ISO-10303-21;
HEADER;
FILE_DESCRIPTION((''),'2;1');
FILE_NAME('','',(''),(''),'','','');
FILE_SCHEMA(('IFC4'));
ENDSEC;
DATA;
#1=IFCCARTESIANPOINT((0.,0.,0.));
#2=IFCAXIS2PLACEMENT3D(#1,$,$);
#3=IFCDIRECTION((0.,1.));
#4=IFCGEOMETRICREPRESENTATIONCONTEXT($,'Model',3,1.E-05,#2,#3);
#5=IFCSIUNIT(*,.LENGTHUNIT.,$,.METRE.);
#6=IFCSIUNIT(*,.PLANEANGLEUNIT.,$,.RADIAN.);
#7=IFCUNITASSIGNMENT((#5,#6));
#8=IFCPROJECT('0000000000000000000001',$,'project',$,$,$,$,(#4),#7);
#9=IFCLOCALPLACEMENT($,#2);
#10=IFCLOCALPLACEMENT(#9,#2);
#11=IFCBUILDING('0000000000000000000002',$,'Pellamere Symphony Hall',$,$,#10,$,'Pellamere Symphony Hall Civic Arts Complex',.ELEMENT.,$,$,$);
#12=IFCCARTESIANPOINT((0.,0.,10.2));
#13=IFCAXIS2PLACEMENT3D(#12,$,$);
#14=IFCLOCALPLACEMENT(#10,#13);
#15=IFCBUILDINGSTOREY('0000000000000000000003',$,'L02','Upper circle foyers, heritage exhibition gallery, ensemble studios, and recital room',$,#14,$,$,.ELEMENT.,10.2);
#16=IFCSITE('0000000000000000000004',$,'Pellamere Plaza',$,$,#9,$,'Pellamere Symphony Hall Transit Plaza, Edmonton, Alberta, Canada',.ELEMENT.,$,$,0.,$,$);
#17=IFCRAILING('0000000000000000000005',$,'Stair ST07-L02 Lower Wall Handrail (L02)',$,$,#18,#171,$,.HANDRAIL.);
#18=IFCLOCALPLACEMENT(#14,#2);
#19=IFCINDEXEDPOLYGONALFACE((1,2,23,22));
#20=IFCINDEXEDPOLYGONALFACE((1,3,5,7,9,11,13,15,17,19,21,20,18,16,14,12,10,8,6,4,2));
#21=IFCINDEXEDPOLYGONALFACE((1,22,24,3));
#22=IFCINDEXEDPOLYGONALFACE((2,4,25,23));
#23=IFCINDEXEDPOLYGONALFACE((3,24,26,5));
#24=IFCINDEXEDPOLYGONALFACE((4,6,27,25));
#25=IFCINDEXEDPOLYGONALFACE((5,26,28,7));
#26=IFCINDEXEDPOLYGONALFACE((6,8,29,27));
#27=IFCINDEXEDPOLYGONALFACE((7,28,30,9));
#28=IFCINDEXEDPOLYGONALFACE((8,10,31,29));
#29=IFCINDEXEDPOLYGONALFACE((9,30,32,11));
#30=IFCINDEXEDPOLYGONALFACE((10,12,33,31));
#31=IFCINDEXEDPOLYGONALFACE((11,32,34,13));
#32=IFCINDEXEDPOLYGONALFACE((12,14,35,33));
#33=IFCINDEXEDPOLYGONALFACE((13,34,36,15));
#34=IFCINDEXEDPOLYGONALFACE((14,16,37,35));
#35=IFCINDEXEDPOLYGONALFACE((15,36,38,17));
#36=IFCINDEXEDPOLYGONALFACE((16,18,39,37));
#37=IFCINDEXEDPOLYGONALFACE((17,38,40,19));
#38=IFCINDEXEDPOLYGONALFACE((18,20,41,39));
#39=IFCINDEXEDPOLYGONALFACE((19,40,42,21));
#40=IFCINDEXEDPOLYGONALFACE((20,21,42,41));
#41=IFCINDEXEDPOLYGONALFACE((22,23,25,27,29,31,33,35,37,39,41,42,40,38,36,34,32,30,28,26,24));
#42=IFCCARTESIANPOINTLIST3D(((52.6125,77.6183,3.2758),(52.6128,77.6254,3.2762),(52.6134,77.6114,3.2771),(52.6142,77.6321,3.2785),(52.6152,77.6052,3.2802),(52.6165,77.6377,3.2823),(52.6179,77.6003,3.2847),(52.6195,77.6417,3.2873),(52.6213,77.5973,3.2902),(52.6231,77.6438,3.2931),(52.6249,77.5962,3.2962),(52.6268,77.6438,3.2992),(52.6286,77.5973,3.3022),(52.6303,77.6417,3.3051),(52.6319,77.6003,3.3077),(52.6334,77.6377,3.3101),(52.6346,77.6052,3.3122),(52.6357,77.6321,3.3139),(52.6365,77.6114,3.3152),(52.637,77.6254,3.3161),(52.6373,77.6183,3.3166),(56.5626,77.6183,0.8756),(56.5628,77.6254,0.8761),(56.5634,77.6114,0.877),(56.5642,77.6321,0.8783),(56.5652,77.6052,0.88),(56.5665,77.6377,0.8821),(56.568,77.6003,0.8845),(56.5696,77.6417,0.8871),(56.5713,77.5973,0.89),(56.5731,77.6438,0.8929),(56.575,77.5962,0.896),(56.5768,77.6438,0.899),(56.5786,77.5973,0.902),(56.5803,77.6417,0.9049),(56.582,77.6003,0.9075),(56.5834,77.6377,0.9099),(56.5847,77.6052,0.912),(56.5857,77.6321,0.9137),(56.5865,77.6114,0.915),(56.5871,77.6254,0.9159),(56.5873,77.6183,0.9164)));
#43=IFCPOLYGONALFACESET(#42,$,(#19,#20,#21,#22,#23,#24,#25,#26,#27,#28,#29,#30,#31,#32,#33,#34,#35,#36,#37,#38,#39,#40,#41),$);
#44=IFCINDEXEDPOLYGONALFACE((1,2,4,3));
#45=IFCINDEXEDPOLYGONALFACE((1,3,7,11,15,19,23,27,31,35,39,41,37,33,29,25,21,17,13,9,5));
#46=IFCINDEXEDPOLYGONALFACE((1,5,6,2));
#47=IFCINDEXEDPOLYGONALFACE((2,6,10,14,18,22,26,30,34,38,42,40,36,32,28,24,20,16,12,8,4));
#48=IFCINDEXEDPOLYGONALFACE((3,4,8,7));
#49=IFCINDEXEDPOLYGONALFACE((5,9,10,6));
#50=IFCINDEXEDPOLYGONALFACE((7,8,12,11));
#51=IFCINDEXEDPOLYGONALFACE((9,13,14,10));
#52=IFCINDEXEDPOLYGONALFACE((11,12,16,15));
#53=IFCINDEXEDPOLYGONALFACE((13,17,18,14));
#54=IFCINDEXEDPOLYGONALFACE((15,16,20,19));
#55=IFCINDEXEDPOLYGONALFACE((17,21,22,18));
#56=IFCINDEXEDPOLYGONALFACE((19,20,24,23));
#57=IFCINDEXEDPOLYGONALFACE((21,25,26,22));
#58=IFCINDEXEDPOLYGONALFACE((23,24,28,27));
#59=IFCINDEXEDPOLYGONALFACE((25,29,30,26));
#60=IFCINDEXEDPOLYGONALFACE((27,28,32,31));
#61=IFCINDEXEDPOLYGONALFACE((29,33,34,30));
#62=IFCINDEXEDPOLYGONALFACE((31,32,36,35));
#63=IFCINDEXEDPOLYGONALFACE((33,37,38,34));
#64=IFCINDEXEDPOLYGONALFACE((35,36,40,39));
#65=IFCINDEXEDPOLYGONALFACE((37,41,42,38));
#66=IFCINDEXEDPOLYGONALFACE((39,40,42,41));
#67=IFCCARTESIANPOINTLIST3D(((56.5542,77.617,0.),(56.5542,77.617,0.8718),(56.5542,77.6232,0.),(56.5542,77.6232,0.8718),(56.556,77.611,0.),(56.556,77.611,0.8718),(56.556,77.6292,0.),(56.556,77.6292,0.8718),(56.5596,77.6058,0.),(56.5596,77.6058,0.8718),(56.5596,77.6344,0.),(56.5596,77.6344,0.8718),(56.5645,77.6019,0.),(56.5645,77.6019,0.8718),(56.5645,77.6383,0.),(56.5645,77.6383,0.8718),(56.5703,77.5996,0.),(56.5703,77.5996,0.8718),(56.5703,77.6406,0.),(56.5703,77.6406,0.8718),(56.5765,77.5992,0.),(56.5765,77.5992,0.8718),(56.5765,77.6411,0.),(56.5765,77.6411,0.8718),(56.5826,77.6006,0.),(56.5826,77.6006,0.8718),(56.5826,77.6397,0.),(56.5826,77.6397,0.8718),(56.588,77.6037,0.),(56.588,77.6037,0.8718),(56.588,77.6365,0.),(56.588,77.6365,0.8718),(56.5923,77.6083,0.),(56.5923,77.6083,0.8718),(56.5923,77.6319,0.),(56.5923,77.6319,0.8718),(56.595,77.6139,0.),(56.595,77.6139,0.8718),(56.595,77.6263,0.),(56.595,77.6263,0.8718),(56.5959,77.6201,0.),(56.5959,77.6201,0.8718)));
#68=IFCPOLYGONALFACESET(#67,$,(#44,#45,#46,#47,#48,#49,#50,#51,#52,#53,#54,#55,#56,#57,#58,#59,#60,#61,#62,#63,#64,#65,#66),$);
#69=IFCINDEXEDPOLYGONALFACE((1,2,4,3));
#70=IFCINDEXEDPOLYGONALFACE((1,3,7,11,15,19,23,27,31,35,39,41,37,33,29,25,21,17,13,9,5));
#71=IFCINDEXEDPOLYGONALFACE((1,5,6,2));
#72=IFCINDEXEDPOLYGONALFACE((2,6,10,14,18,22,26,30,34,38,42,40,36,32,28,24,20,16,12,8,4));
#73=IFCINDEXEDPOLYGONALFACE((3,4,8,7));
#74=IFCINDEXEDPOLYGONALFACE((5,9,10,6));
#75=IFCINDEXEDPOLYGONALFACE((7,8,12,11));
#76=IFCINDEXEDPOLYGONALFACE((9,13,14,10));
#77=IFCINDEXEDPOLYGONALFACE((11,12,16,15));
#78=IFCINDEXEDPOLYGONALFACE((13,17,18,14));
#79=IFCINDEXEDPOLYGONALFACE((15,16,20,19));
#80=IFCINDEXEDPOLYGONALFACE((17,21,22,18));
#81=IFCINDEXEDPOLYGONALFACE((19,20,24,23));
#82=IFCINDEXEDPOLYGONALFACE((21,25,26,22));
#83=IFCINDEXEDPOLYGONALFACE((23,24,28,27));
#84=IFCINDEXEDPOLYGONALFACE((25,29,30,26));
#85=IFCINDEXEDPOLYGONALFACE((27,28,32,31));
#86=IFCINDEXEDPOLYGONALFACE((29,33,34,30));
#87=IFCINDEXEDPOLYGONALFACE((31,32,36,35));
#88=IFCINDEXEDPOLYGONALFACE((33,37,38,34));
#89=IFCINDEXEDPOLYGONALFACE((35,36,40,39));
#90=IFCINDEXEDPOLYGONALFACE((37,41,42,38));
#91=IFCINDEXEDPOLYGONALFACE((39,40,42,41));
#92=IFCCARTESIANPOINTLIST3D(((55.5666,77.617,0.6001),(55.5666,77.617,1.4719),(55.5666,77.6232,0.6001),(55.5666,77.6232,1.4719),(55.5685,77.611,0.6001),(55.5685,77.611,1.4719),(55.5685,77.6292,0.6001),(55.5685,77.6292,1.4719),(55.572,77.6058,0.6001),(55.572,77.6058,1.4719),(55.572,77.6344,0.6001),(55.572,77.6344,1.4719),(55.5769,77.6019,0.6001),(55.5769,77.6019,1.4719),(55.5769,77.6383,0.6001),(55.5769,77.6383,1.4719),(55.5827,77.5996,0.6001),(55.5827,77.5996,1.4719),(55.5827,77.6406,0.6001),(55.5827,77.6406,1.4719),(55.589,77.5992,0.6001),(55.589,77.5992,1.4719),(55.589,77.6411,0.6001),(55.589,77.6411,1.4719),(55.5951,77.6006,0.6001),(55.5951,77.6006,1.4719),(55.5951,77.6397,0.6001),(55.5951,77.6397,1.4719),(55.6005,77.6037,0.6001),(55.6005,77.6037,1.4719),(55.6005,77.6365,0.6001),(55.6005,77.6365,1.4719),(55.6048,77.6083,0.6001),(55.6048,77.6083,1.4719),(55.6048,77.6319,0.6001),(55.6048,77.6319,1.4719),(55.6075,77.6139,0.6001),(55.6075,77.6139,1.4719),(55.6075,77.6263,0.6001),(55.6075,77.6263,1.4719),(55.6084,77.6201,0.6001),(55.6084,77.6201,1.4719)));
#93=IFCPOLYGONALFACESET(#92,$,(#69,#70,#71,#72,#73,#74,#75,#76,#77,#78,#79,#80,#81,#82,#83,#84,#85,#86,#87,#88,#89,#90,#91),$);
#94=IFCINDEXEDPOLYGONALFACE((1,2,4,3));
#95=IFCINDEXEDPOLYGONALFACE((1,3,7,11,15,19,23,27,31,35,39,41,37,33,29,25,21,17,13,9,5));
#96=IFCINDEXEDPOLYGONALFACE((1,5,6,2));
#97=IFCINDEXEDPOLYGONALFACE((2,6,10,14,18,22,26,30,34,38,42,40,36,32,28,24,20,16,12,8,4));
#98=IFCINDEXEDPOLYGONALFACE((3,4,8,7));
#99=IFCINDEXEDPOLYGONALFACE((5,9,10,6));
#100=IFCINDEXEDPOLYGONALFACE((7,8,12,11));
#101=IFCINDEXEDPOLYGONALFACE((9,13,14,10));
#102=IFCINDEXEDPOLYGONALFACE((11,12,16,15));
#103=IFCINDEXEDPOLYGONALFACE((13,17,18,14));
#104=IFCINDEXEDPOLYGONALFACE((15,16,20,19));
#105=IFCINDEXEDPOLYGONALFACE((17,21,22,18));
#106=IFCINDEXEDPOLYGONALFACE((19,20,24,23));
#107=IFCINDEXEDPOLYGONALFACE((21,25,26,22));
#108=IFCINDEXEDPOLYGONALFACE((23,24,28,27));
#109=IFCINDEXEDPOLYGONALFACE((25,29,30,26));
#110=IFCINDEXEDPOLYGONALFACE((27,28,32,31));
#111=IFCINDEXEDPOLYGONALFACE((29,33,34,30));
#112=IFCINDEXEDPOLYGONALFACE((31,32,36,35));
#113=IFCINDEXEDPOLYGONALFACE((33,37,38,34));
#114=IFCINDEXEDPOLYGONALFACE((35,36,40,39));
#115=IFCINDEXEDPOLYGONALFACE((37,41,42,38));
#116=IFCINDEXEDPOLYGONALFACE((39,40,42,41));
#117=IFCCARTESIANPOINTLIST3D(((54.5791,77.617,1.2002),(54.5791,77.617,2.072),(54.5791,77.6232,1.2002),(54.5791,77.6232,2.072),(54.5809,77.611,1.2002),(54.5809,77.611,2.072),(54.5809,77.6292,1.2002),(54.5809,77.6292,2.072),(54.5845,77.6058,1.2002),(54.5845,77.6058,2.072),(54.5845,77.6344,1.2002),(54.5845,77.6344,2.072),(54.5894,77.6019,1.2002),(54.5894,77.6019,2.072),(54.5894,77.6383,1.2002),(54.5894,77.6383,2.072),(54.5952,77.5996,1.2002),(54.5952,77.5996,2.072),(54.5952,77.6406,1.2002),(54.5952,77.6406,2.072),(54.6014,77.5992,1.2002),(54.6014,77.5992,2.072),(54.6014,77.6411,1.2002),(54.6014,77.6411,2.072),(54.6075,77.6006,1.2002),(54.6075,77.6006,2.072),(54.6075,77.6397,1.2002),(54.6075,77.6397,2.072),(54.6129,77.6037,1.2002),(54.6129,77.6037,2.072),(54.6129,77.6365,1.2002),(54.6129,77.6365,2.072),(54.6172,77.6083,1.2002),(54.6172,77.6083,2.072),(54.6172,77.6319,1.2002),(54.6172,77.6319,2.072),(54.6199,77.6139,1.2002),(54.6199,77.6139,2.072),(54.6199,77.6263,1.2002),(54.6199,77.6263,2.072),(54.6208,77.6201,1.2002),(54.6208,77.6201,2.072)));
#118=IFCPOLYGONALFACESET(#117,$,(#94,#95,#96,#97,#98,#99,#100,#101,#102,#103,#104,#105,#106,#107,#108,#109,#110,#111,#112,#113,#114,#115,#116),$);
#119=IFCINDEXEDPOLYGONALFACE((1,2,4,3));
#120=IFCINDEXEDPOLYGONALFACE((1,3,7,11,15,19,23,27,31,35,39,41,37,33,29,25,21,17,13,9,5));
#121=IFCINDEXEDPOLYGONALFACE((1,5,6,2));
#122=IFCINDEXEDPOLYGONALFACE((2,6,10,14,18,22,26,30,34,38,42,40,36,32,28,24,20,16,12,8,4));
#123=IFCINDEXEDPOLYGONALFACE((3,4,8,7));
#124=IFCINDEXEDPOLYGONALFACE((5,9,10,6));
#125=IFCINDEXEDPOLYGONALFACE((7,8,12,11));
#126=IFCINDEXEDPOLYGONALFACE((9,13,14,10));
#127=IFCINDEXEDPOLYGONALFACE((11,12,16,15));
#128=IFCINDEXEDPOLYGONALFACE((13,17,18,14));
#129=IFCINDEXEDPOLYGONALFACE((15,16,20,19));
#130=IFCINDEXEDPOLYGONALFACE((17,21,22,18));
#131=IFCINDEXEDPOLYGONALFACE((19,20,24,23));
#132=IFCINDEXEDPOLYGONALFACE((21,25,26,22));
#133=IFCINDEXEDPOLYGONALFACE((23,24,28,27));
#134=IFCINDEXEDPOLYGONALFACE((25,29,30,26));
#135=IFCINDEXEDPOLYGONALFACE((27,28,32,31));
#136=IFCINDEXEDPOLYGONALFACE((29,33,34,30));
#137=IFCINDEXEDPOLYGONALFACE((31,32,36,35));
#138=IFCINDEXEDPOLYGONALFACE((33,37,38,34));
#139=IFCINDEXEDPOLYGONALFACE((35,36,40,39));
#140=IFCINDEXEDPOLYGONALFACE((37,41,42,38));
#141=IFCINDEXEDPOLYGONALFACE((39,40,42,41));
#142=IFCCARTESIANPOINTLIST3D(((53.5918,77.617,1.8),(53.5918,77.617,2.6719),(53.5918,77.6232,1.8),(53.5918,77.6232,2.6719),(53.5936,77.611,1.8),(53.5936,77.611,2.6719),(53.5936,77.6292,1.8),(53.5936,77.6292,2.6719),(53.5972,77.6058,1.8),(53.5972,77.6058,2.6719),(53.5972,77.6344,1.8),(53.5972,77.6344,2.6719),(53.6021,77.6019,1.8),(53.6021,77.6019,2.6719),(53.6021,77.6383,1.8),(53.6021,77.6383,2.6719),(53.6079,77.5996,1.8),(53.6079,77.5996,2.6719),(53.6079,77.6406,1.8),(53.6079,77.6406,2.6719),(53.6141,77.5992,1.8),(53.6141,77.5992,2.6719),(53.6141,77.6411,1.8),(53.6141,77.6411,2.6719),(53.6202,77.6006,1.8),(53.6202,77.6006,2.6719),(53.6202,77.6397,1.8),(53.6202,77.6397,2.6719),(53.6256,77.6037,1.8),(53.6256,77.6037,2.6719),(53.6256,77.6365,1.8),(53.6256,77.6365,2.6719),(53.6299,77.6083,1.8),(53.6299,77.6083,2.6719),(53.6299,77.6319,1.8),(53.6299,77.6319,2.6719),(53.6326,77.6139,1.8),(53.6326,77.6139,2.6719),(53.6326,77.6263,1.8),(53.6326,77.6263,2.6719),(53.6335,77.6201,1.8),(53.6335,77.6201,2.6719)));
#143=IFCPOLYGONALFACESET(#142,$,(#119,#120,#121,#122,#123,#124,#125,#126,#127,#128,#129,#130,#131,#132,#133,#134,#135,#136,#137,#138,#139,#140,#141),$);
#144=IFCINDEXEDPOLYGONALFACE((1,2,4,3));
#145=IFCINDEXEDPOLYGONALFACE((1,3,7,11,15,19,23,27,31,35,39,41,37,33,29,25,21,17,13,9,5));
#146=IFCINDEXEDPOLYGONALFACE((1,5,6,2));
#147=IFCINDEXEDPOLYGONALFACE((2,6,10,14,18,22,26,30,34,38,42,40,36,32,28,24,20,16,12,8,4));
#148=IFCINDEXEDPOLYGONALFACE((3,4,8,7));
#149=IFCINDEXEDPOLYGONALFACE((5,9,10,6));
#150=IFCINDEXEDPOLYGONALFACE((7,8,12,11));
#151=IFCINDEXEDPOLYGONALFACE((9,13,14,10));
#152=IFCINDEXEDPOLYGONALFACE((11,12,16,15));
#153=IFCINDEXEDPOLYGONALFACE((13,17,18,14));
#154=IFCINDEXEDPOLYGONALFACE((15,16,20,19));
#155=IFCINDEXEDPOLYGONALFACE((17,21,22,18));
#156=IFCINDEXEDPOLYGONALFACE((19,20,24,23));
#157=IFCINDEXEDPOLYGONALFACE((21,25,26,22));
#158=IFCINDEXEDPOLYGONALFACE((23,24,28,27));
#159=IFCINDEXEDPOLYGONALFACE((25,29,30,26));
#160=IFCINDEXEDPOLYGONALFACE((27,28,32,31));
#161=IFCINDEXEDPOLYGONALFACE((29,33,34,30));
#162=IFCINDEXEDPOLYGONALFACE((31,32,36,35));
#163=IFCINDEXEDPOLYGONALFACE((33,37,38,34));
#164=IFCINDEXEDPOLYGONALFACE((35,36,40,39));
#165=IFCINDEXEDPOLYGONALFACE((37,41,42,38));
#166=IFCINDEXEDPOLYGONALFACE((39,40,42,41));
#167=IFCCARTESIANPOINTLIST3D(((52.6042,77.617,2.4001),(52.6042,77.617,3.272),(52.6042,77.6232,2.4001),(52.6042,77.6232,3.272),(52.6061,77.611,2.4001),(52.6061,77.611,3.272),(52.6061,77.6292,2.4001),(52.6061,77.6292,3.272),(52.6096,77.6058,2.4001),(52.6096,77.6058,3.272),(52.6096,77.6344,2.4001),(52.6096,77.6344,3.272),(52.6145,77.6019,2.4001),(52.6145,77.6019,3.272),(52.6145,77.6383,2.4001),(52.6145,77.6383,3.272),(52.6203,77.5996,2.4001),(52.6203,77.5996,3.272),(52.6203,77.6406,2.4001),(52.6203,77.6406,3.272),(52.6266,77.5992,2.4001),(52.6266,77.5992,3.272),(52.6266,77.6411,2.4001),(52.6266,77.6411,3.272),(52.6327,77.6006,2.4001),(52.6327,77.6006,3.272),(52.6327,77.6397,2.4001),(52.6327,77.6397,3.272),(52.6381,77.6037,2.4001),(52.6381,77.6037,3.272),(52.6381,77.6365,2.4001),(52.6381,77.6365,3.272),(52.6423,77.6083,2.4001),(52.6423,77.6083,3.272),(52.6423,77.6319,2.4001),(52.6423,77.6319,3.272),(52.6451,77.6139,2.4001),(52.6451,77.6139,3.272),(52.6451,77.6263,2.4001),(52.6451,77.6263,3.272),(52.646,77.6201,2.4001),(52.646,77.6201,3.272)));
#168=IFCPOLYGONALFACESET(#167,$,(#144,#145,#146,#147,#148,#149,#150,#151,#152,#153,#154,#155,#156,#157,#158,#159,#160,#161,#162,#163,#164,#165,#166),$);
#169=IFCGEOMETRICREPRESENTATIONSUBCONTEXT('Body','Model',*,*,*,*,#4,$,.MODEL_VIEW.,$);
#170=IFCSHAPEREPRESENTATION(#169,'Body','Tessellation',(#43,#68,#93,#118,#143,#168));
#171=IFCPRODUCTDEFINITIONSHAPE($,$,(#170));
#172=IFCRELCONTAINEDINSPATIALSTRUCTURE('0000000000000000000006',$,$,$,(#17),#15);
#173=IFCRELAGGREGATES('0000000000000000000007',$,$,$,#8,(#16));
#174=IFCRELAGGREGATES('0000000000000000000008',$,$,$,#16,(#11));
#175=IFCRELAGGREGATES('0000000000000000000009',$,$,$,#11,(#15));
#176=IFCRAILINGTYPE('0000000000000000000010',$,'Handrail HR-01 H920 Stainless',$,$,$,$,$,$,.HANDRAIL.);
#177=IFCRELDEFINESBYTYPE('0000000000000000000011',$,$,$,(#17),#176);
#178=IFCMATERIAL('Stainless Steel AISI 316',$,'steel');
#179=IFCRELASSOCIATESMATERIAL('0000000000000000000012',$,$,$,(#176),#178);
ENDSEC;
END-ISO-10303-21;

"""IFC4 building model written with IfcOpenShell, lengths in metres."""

from ifc_helpers import new_model, si_unit, direction, frame, origin, origin_2d, place, context, subcontext, project, spatial, circle, extrude, material, type_object, element, save


model = new_model("IFC4")

# Units and contexts
model_context = context("Model", 3, precision=1e-05, world=origin(), true_north=direction((0.0, 1.0)))
body_context = subcontext(model_context, "Body", "Model", "MODEL_VIEW")
ifc_project = project(units=[si_unit("LENGTHUNIT", "METRE"), si_unit("PLANEANGLEUNIT", "RADIAN")], contexts=[model_context])

# Site, building, storey
site_placement = place(None, origin())
site = spatial("IfcSite", under=ifc_project, at=site_placement, Name="Pellamere Plaza", LongName="Pellamere Symphony Hall Transit Plaza, Edmonton, Alberta, Canada", CompositionType="ELEMENT", RefElevation=0.0)
building_placement = place(site_placement, origin())
building = spatial("IfcBuilding", under=site, at=building_placement, Name="Pellamere Symphony Hall", LongName="Pellamere Symphony Hall Civic Arts Complex", CompositionType="ELEMENT")
storey_placement = place(building_placement, frame((0.0, 0.0, 10.2)))
storey = spatial("IfcBuildingStorey", under=building, at=storey_placement, Name="L02", Description="Upper circle foyers, heritage exhibition gallery, ensemble studios, and recital room", CompositionType="ELEMENT", Elevation=10.2)

# Railing
ifc_material_1 = material(Name="Stainless Steel AISI 316", Category="steel")
railing_type_1 = type_object("IfcRailingType", Name="Handrail HR-01 H920 Stainless", PredefinedType="HANDRAIL", material=ifc_material_1)
for number, where, name in (
    (1, (56.575, 77.6201, 0.0), "Stair ST07-L02 Lower Wall Handrail (L02)"),
):
    element("IfcRailing", number, at=place(storey_placement, frame(where)), inside=storey, type_object=railing_type_1, Name=name, PredefinedType="HANDRAIL", context=body_context, shape_type="SweptSolid", body=[
        extrude(circle(Radius=0.0239, at=origin_2d()), frame((0.0, 0.0, 0.896), z_axis=(-0.854599, 0.0, 0.519288), x_axis=(0.0, -1.0, 0.0)), (0.0, 0.0, 1.0), 4.6221),
        extrude(circle(Radius=0.021, at=origin_2d()), origin(), (0.0, 0.0, 1.0), 0.8718),
        extrude(circle(Radius=0.021, at=origin_2d()), frame((-0.9875, 0.0, 0.6001)), (0.0, 0.0, 1.0), 0.8718),
        extrude(circle(Radius=0.021, at=origin_2d()), frame((-1.9751, 0.0, 1.2002)), (0.0, 0.0, 1.0), 0.8718),
        extrude(circle(Radius=0.021, at=origin_2d()), frame((-2.9624, 0.0, 1.8)), (0.0, 0.0, 1.0), 0.8718),
        extrude(circle(Radius=0.021, at=origin_2d()), frame((-3.95, 0.0, 2.4001)), (0.0, 0.0, 1.0), 0.8718),
    ])

save(model, "model.ifc")
